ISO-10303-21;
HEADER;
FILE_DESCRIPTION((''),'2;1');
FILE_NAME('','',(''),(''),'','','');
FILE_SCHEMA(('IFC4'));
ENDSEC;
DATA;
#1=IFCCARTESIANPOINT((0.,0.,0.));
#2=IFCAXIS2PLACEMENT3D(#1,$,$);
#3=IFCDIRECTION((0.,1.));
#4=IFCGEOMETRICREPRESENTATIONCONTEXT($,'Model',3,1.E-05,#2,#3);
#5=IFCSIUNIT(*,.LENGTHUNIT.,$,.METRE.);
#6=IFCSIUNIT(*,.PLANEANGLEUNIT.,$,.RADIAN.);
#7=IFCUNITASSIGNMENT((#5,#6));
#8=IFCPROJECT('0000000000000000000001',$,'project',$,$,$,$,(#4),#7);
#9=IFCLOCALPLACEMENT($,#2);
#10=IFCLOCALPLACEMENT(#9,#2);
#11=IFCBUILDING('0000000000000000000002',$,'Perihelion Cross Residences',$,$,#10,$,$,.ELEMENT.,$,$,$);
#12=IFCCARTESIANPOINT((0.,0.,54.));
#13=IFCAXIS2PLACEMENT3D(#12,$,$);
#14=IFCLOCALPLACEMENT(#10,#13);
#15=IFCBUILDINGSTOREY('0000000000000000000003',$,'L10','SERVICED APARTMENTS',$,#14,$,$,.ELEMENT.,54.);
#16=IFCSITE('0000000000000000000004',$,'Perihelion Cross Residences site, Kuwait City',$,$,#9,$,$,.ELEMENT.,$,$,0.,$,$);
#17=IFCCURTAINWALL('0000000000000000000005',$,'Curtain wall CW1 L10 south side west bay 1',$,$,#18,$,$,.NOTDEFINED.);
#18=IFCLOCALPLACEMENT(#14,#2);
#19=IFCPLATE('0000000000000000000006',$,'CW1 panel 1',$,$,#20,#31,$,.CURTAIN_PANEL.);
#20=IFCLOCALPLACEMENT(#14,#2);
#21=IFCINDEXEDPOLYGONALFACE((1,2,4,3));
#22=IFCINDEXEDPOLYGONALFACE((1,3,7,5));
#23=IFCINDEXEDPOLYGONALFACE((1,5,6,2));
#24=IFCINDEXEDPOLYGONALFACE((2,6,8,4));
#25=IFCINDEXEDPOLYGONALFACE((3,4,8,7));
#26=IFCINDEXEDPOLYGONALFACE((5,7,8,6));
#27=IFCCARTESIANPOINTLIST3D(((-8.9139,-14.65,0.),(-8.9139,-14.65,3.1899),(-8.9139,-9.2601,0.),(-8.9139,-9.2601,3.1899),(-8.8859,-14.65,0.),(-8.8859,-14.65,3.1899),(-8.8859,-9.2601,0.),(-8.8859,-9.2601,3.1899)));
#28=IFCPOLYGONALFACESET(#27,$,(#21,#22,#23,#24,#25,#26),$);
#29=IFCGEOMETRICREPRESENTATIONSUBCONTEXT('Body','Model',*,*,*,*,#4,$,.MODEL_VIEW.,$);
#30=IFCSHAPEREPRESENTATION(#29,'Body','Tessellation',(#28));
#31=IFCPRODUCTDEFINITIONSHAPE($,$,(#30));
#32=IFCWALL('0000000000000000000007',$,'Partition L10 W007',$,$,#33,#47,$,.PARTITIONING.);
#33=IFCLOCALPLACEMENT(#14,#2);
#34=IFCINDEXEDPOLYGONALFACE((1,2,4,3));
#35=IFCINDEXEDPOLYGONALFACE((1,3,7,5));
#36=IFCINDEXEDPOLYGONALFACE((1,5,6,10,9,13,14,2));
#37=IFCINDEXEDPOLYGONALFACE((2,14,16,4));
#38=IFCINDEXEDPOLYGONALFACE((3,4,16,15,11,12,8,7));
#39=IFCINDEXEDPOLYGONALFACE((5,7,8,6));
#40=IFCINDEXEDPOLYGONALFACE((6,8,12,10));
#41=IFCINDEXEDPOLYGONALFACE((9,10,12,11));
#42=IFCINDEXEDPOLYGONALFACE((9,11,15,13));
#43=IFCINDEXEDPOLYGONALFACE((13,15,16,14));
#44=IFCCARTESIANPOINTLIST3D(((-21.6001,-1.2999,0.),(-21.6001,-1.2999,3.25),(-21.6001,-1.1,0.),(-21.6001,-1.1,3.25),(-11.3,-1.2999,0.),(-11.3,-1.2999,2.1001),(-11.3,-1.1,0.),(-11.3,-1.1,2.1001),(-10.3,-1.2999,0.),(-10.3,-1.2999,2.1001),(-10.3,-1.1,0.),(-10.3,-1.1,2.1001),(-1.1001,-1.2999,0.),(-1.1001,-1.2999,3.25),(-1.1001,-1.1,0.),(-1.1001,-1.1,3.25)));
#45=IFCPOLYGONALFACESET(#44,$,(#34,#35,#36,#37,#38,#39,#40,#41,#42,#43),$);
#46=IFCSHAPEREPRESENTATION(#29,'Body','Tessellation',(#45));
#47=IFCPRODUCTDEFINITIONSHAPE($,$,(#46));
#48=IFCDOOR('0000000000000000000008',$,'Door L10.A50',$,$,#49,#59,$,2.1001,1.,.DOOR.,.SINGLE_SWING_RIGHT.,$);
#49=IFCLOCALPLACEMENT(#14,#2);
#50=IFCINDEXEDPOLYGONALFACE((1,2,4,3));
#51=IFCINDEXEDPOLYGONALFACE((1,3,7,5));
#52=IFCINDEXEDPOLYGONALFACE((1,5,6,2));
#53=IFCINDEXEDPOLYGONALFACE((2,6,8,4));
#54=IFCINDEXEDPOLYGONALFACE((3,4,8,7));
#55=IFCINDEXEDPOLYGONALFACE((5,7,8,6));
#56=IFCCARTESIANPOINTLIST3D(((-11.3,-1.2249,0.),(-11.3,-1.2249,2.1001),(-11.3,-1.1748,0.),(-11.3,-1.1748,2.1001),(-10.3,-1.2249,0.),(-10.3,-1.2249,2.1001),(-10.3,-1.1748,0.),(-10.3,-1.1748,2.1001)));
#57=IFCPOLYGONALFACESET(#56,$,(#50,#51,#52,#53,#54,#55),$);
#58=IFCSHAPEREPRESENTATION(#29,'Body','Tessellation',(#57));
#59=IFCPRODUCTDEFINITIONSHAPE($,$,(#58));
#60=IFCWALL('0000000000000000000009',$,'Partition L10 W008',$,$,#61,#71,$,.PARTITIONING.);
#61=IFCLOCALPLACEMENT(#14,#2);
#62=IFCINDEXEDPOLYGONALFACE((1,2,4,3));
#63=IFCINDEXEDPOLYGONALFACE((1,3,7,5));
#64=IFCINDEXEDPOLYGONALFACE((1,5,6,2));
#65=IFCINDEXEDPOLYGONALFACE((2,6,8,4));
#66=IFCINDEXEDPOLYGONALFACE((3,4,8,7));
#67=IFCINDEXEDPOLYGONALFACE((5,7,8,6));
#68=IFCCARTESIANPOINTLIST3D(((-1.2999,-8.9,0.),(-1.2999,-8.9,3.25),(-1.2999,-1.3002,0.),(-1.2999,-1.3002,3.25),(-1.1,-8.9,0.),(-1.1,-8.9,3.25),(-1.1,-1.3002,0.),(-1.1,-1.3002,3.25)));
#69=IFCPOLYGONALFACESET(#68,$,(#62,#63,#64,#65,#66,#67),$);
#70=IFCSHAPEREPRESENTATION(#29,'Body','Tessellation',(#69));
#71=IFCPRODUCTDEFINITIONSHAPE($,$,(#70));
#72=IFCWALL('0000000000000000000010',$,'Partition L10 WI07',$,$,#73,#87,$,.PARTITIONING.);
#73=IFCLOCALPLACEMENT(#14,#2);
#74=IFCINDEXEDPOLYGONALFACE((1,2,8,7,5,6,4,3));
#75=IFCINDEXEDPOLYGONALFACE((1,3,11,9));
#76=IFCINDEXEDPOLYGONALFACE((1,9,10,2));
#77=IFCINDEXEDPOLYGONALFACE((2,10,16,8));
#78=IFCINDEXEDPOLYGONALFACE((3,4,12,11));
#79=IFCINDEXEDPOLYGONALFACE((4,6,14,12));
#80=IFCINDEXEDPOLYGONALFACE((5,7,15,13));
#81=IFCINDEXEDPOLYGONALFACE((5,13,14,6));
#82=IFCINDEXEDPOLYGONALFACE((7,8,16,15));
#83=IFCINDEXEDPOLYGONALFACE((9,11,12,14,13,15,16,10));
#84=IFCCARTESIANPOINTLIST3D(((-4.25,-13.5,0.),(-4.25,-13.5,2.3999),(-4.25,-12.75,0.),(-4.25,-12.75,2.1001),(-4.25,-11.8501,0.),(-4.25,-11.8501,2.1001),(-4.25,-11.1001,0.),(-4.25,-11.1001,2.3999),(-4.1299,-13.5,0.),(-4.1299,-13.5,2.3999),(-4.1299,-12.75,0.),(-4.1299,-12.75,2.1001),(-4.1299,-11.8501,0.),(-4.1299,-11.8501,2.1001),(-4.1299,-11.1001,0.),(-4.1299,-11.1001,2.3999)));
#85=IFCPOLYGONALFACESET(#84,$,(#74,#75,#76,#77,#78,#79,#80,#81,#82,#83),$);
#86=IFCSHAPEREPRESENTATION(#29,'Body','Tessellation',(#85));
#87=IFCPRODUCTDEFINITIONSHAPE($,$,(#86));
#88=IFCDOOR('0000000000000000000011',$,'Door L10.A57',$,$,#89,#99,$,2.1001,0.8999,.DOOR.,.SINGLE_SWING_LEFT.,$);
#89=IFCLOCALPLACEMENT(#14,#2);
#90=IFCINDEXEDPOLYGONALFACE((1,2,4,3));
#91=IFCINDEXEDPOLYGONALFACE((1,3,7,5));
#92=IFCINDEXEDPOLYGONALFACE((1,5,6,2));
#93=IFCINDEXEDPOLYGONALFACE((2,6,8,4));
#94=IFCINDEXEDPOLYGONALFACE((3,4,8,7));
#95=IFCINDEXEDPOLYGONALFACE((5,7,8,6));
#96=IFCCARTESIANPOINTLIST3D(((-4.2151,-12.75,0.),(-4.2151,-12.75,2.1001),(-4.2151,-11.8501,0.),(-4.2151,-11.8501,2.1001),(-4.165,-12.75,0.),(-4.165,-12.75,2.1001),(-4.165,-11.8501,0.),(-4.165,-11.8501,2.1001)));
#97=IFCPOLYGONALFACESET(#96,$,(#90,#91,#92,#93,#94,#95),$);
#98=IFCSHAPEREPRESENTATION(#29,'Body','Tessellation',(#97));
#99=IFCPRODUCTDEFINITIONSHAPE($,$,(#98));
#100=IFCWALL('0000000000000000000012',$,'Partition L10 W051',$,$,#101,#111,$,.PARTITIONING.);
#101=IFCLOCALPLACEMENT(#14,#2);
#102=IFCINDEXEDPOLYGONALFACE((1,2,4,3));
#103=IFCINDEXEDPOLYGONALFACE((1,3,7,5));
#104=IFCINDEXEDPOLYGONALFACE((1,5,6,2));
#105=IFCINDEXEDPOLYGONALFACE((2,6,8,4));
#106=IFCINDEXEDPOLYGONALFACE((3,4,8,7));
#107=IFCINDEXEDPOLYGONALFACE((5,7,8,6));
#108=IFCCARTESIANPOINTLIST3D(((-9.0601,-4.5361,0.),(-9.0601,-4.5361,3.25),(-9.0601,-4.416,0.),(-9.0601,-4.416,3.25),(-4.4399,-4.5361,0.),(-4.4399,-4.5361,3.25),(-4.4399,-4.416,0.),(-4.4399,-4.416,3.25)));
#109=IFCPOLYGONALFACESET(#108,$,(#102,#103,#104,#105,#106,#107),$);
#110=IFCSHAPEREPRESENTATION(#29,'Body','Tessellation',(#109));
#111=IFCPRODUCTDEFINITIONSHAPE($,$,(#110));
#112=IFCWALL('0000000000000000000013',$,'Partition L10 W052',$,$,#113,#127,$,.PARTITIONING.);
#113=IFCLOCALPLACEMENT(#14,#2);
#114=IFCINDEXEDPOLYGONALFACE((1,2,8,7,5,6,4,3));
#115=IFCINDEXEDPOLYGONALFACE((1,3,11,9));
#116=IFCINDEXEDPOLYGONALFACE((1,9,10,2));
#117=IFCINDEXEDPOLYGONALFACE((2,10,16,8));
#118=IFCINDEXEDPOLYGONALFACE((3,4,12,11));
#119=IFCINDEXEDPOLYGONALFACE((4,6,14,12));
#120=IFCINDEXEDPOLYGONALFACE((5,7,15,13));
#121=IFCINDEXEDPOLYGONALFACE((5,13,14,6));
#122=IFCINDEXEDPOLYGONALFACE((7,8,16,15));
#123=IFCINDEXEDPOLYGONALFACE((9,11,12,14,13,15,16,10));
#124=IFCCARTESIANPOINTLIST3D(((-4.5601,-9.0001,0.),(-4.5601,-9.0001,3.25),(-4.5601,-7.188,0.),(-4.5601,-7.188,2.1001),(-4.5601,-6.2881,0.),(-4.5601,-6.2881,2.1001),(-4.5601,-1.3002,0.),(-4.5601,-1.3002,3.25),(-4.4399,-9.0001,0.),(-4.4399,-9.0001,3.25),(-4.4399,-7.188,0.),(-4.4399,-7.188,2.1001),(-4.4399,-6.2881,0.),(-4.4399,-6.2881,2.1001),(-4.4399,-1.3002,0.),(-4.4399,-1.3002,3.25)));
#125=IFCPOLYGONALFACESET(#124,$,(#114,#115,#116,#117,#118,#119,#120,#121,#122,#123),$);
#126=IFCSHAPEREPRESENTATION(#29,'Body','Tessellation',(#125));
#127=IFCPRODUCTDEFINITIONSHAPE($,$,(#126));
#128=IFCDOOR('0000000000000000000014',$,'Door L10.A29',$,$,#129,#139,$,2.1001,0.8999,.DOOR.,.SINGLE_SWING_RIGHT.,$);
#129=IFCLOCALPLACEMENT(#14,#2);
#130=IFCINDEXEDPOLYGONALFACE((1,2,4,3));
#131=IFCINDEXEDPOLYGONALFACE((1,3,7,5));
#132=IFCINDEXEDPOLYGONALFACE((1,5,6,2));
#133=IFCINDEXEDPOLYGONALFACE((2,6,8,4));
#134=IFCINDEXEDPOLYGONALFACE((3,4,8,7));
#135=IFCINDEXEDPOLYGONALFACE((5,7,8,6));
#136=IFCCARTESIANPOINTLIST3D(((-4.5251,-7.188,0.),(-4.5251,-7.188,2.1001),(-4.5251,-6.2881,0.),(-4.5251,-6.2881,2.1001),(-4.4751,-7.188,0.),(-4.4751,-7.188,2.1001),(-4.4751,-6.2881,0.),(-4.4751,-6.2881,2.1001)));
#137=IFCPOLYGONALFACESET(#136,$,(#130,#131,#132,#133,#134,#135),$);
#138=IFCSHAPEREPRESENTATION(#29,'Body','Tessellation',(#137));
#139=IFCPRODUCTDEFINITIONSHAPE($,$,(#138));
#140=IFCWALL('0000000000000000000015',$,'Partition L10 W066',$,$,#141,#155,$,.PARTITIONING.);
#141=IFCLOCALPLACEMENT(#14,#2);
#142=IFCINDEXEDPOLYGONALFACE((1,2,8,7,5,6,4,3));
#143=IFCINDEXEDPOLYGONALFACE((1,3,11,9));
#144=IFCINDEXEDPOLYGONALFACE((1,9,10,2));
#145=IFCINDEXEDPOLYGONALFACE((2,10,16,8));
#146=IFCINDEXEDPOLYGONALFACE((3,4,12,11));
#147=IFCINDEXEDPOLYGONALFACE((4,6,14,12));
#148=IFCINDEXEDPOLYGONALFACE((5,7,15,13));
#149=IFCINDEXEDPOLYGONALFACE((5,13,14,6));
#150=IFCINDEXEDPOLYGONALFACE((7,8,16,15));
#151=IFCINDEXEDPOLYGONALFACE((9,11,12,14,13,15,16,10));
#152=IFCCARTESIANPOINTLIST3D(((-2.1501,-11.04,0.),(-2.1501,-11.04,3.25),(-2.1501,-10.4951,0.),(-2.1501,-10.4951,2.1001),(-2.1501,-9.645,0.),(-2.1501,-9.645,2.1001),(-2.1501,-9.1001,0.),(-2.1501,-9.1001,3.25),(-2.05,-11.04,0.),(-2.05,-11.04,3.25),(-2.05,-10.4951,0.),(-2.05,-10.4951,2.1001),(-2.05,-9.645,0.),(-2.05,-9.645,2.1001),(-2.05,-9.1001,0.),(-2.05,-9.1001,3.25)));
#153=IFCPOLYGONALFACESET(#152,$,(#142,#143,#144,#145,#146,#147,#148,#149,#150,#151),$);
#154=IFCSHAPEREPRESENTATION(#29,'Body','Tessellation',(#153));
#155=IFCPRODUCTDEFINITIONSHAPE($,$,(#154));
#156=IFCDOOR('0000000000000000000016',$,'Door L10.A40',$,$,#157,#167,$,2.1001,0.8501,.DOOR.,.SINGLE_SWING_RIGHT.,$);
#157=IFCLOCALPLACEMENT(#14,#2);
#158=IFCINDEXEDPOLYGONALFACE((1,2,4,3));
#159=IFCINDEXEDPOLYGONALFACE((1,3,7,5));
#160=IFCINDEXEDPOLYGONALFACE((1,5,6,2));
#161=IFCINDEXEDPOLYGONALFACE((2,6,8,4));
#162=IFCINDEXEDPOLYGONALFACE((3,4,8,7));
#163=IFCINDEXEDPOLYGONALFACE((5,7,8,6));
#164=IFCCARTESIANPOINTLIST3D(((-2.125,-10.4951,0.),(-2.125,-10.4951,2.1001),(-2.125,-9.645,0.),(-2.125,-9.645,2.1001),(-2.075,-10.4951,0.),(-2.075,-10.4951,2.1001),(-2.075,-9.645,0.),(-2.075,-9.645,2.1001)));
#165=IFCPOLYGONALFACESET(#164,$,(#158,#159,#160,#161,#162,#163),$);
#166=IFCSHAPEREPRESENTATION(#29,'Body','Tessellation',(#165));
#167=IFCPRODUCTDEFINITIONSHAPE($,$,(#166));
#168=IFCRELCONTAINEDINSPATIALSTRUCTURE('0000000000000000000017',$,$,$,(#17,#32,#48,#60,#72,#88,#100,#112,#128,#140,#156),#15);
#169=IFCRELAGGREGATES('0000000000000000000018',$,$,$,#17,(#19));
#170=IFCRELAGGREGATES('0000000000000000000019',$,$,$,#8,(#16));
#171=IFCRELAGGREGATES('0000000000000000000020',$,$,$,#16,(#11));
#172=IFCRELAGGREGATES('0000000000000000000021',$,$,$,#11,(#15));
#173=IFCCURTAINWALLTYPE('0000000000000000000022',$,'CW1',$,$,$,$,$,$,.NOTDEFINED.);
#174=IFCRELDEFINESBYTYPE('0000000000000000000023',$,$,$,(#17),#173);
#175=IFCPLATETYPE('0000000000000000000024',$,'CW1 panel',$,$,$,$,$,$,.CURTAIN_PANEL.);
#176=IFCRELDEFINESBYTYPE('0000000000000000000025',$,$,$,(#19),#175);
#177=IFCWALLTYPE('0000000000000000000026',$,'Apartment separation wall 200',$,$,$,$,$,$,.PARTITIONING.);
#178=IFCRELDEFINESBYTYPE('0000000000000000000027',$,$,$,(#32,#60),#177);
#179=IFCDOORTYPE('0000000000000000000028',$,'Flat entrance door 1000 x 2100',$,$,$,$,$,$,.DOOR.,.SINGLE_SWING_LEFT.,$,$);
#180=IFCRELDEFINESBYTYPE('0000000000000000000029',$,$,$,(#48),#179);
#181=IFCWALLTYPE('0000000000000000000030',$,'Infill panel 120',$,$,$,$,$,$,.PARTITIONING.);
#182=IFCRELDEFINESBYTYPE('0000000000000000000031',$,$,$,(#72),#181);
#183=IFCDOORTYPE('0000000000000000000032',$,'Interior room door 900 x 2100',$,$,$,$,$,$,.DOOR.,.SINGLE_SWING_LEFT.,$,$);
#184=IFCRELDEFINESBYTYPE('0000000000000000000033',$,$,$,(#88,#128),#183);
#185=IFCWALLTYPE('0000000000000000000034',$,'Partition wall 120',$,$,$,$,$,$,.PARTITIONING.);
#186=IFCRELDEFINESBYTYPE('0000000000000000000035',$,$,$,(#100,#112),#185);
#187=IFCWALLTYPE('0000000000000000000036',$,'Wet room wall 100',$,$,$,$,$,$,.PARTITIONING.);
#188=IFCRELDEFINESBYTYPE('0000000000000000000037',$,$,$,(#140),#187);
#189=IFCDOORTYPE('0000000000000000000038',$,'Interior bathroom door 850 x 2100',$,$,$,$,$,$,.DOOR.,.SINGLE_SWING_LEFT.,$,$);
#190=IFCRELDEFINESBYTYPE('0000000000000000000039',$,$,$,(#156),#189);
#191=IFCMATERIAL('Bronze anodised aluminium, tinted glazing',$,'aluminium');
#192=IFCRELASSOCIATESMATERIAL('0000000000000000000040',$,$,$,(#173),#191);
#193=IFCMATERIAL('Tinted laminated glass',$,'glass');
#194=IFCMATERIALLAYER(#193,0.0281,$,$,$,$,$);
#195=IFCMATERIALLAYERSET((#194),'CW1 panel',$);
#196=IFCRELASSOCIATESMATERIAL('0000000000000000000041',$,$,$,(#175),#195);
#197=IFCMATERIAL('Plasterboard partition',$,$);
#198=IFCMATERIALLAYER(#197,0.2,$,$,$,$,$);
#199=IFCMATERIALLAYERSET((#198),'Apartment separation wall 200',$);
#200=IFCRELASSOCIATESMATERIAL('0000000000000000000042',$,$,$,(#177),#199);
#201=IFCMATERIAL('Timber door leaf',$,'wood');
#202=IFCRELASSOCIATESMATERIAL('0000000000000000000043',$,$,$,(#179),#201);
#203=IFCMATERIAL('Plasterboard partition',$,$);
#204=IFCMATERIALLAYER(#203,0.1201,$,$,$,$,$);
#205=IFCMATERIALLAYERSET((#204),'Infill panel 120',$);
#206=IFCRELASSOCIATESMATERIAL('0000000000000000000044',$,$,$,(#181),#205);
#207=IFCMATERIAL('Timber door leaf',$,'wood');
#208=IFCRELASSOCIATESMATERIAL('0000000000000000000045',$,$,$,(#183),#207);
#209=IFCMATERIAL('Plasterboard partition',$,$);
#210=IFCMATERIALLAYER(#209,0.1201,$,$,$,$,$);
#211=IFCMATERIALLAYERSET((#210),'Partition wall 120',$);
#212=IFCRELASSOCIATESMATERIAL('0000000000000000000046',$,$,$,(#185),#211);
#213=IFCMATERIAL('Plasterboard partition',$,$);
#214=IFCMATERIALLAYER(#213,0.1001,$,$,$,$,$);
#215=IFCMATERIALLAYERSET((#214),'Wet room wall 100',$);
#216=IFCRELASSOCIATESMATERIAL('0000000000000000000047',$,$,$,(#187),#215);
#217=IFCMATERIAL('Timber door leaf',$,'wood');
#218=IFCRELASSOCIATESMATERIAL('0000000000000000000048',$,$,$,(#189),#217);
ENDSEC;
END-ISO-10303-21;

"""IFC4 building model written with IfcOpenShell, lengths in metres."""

from ifc_helpers import new_model, si_unit, direction, frame, frame_2d, origin, origin_2d, place, context, subcontext, project, spatial, rectangle, extrude, material, layer, layer_set, type_object, element, fill, aggregate, save


model = new_model("IFC4")

# Units and contexts
model_context = context("Model", 3, precision=1e-05, world=origin(), true_north=direction((0.0, 1.0)))
body_context = subcontext(model_context, "Body", "Model", "MODEL_VIEW")
ifc_project = project(units=[si_unit("LENGTHUNIT", "METRE"), si_unit("PLANEANGLEUNIT", "RADIAN")], contexts=[model_context])

# Site, building, storey
site_placement = place(None, origin())
site = spatial("IfcSite", under=ifc_project, at=site_placement, Name="Perihelion Cross Residences site, Kuwait City", CompositionType="ELEMENT", RefElevation=0.0)
building_placement = place(site_placement, origin())
building = spatial("IfcBuilding", under=site, at=building_placement, Name="Perihelion Cross Residences", CompositionType="ELEMENT")
storey_placement = place(building_placement, frame((0.0, 0.0, 54.0)))
storey = spatial("IfcBuildingStorey", under=building, at=storey_placement, Name="L10", Description="SERVICED APARTMENTS", CompositionType="ELEMENT", Elevation=54.0)

# Curtain wall
ifc_material_1 = material(Name="Bronze anodised aluminium, tinted glazing", Category="aluminium")
curtain_wall_type = type_object("IfcCurtainWallType", Name="CW1", PredefinedType="NOTDEFINED", material=ifc_material_1)
curtain_wall_placement = place(storey_placement, origin())
curtain_wall = element("IfcCurtainWall", 1, at=curtain_wall_placement, inside=storey, type_object=curtain_wall_type, Name="Curtain wall CW1 L10 south side west bay 1", PredefinedType="NOTDEFINED")

# Plate
ifc_material_2 = material(Name="Tinted laminated glass", Category="glass")
ifc_layer_1 = layer(ifc_material_2, 0.0281)
ifc_layer_set_1 = layer_set([ifc_layer_1], Name="CW1 panel")
plate_type = type_object("IfcPlateType", Name="CW1 panel", PredefinedType="CURTAIN_PANEL", material=ifc_layer_set_1)
plate_placement = place(storey_placement, frame((-8.8999, -11.9551, 0.0), z_axis=(0.0, 0.0, 1.0), x_axis=(0.0, -1.0, 0.0)))
plate = element("IfcPlate", 2, at=plate_placement, type_object=plate_type, Name="CW1 panel 1", PredefinedType="CURTAIN_PANEL", context=body_context, shape_type="SweptSolid", body=[
    extrude(rectangle(XDim=5.3899, YDim=0.0281, at=origin_2d()), origin(), (0.0, 0.0, 1.0), 3.1899),
])
aggregate(curtain_wall, [plate])

# Wall, opening, door
ifc_material_3 = material(Name="Plasterboard partition")
ifc_layer_2 = layer(ifc_material_3, 0.2)
ifc_layer_set_2 = layer_set([ifc_layer_2], Name="Apartment separation wall 200")
wall_type_1 = type_object("IfcWallType", Name="Apartment separation wall 200", PredefinedType="PARTITIONING", material=ifc_layer_set_2)
wall_1_placement = place(storey_placement, frame((-1.1001, -1.2, 0.0), z_axis=(0.0, 0.0, 1.0), x_axis=(-1.0, 0.0, 0.0)))
wall_1 = element("IfcWall", 3, at=wall_1_placement, inside=storey, type_object=wall_type_1, Name="Partition L10 W007", PredefinedType="PARTITIONING", context=body_context, shape_type="SweptSolid", body=[
    extrude(rectangle(XDim=20.5, YDim=0.2, at=frame_2d((10.25, 0.0))), origin(), (0.0, 0.0, 1.0), 3.25),
])
opening_1_placement = place(wall_1_placement, frame((9.2, 0.0, 0.0)))
opening_1 = element("IfcOpeningElement", 4, at=opening_1_placement, cuts=wall_1, PredefinedType="OPENING", context=body_context, shape_type="SweptSolid", body=[
    extrude(rectangle(XDim=1.0, YDim=2.1001, at=frame_2d((0.5, 1.05))), frame((0.0, 0.1099, 0.0), z_axis=(0.0, -1.0, 0.0), x_axis=(1.0, 0.0, 0.0)), (0.0, 0.0, 1.0), 0.22),
])
ifc_material_4 = material(Name="Timber door leaf", Category="wood")
door_type_1 = type_object("IfcDoorType", Name="Flat entrance door 1000 x 2100", OperationType="SINGLE_SWING_LEFT", PredefinedType="DOOR", material=ifc_material_4)
door_1_placement = place(opening_1_placement, origin())
door_1 = element("IfcDoor", 5, at=door_1_placement, inside=storey, type_object=door_type_1, Name="Door L10.A50", OperationType="SINGLE_SWING_RIGHT", OverallHeight=2.1001, OverallWidth=1.0, PredefinedType="DOOR", context=body_context, shape_type="SweptSolid", body=[
    extrude(rectangle(XDim=1.0, YDim=2.1001, at=frame_2d((0.5, 1.05))), frame((0.0, 0.0249, 0.0), z_axis=(0.0, -1.0, 0.0), x_axis=(1.0, 0.0, 0.0)), (0.0, 0.0, 1.0), 0.05),
])
fill(opening_1, door_1)

# Wall
wall_2_placement = place(storey_placement, frame((-1.2, -8.8999, 0.0), z_axis=(0.0, 0.0, 1.0), x_axis=(0.0, 1.0, 0.0)))
element("IfcWall", 6, at=wall_2_placement, inside=storey, type_object=wall_type_1, Name="Partition L10 W008", PredefinedType="PARTITIONING", context=body_context, shape_type="SweptSolid", body=[
    extrude(rectangle(XDim=7.5999, YDim=0.2, at=frame_2d((3.7998, 0.0))), origin(), (0.0, 0.0, 1.0), 3.25),
])

# Wall, opening, door
ifc_material_5 = material(Name="Plasterboard partition")
ifc_layer_3 = layer(ifc_material_5, 0.1201)
ifc_layer_set_3 = layer_set([ifc_layer_3], Name="Infill panel 120")
wall_type_2 = type_object("IfcWallType", Name="Infill panel 120", PredefinedType="PARTITIONING", material=ifc_layer_set_3)
wall_3_placement = place(storey_placement, frame((-4.1899, -11.1001, 0.0), z_axis=(0.0, 0.0, 1.0), x_axis=(0.0, -1.0, 0.0)))
wall_3 = element("IfcWall", 7, at=wall_3_placement, inside=storey, type_object=wall_type_2, Name="Partition L10 WI07", PredefinedType="PARTITIONING", context=body_context, shape_type="SweptSolid", body=[
    extrude(rectangle(XDim=2.3999, YDim=0.1201, at=frame_2d((1.2, 0.0))), origin(), (0.0, 0.0, 1.0), 2.3999),
])
opening_2_placement = place(wall_3_placement, frame((0.75, 0.0, 0.0)))
opening_2 = element("IfcOpeningElement", 8, at=opening_2_placement, cuts=wall_3, PredefinedType="OPENING", context=body_context, shape_type="SweptSolid", body=[
    extrude(rectangle(XDim=0.8999, YDim=2.1001, at=frame_2d((0.45, 1.05))), frame((0.0, 0.0701, 0.0), z_axis=(0.0, -1.0, 0.0), x_axis=(1.0, 0.0, 0.0)), (0.0, 0.0, 1.0), 0.1401),
])
ifc_material_6 = material(Name="Timber door leaf", Category="wood")
door_type_2 = type_object("IfcDoorType", Name="Interior room door 900 x 2100", OperationType="SINGLE_SWING_LEFT", PredefinedType="DOOR", material=ifc_material_6)
door_2_placement = place(opening_2_placement, origin())
door_2 = element("IfcDoor", 9, at=door_2_placement, inside=storey, type_object=door_type_2, Name="Door L10.A57", OperationType="SINGLE_SWING_LEFT", OverallHeight=2.1001, OverallWidth=0.8999, PredefinedType="DOOR", context=body_context, shape_type="SweptSolid", body=[
    extrude(rectangle(XDim=0.8999, YDim=2.1001, at=frame_2d((0.45, 1.05))), frame((0.0, 0.0249, 0.0), z_axis=(0.0, -1.0, 0.0), x_axis=(1.0, 0.0, 0.0)), (0.0, 0.0, 1.0), 0.05),
])
fill(opening_2, door_2)

# Wall
ifc_material_7 = material(Name="Plasterboard partition")
ifc_layer_4 = layer(ifc_material_7, 0.1201)
ifc_layer_set_4 = layer_set([ifc_layer_4], Name="Partition wall 120")
wall_type_3 = type_object("IfcWallType", Name="Partition wall 120", PredefinedType="PARTITIONING", material=ifc_layer_set_4)
wall_4_placement = place(storey_placement, frame((-4.4399, -4.4761, 0.0), z_axis=(0.0, 0.0, 1.0), x_axis=(-1.0, 0.0, 0.0)))
element("IfcWall", 10, at=wall_4_placement, inside=storey, type_object=wall_type_3, Name="Partition L10 W051", PredefinedType="PARTITIONING", context=body_context, shape_type="SweptSolid", body=[
    extrude(rectangle(XDim=4.6201, YDim=0.1201, at=frame_2d((2.3101, 0.0))), origin(), (0.0, 0.0, 1.0), 3.25),
])

# Walls, openings, doors
wall_5_placement = place(storey_placement, frame((-4.5, -1.3, 0.0), z_axis=(0.0, 0.0, 1.0), x_axis=(0.0, -1.0, 0.0)))
wall_5 = element("IfcWall", 11, at=wall_5_placement, inside=storey, type_object=wall_type_3, Name="Partition L10 W052", PredefinedType="PARTITIONING", context=body_context, shape_type="SweptSolid", body=[
    extrude(rectangle(XDim=7.7, YDim=0.1201, at=frame_2d((3.8501, 0.0))), origin(), (0.0, 0.0, 1.0), 3.25),
])
opening_3_placement = place(wall_5_placement, frame((4.988, 0.0, 0.0)))
opening_3 = element("IfcOpeningElement", 12, at=opening_3_placement, cuts=wall_5, PredefinedType="OPENING", context=body_context, shape_type="SweptSolid", body=[
    extrude(rectangle(XDim=0.8999, YDim=2.1001, at=frame_2d((0.45, 1.05))), frame((0.0, 0.0701, 0.0), z_axis=(0.0, -1.0, 0.0), x_axis=(1.0, 0.0, 0.0)), (0.0, 0.0, 1.0), 0.1401),
])
door_3_placement = place(opening_3_placement, origin())
door_3 = element("IfcDoor", 13, at=door_3_placement, inside=storey, type_object=door_type_2, Name="Door L10.A29", OperationType="SINGLE_SWING_RIGHT", OverallHeight=2.1001, OverallWidth=0.8999, PredefinedType="DOOR", context=body_context, shape_type="SweptSolid", body=[
    extrude(rectangle(XDim=0.8999, YDim=2.1001, at=frame_2d((0.45, 1.05))), frame((0.0, 0.0249, 0.0), z_axis=(0.0, -1.0, 0.0), x_axis=(1.0, 0.0, 0.0)), (0.0, 0.0, 1.0), 0.05),
])
fill(opening_3, door_3)
ifc_material_8 = material(Name="Plasterboard partition")
ifc_layer_5 = layer(ifc_material_8, 0.1001)
ifc_layer_set_5 = layer_set([ifc_layer_5], Name="Wet room wall 100")
wall_type_4 = type_object("IfcWallType", Name="Wet room wall 100", PredefinedType="PARTITIONING", material=ifc_layer_set_5)
wall_6_placement = place(storey_placement, frame((-2.1001, -11.04, 0.0), z_axis=(0.0, 0.0, 1.0), x_axis=(0.0, 1.0, 0.0)))
wall_6 = element("IfcWall", 14, at=wall_6_placement, inside=storey, type_object=wall_type_4, Name="Partition L10 W066", PredefinedType="PARTITIONING", context=body_context, shape_type="SweptSolid", body=[
    extrude(rectangle(XDim=1.9399, YDim=0.1001, at=frame_2d((0.97, 0.0))), origin(), (0.0, 0.0, 1.0), 3.25),
])
opening_4_placement = place(wall_6_placement, frame((0.5449, 0.0, 0.0)))
opening_4 = element("IfcOpeningElement", 15, at=opening_4_placement, cuts=wall_6, PredefinedType="OPENING", context=body_context, shape_type="SweptSolid", body=[
    extrude(rectangle(XDim=0.8501, YDim=2.1001, at=frame_2d((0.425, 1.05))), frame((0.0, 0.0601, 0.0), z_axis=(0.0, -1.0, 0.0), x_axis=(1.0, 0.0, 0.0)), (0.0, 0.0, 1.0), 0.1201),
])
ifc_material_9 = material(Name="Timber door leaf", Category="wood")
door_type_3 = type_object("IfcDoorType", Name="Interior bathroom door 850 x 2100", OperationType="SINGLE_SWING_LEFT", PredefinedType="DOOR", material=ifc_material_9)
door_4_placement = place(opening_4_placement, origin())
door_4 = element("IfcDoor", 16, at=door_4_placement, inside=storey, type_object=door_type_3, Name="Door L10.A40", OperationType="SINGLE_SWING_RIGHT", OverallHeight=2.1001, OverallWidth=0.8501, PredefinedType="DOOR", context=body_context, shape_type="SweptSolid", body=[
    extrude(rectangle(XDim=0.8501, YDim=2.1001, at=frame_2d((0.425, 1.05))), frame((0.0, 0.0249, 0.0), z_axis=(0.0, -1.0, 0.0), x_axis=(1.0, 0.0, 0.0)), (0.0, 0.0, 1.0), 0.05),
])
fill(opening_4, door_4)

save(model, "model.ifc")
